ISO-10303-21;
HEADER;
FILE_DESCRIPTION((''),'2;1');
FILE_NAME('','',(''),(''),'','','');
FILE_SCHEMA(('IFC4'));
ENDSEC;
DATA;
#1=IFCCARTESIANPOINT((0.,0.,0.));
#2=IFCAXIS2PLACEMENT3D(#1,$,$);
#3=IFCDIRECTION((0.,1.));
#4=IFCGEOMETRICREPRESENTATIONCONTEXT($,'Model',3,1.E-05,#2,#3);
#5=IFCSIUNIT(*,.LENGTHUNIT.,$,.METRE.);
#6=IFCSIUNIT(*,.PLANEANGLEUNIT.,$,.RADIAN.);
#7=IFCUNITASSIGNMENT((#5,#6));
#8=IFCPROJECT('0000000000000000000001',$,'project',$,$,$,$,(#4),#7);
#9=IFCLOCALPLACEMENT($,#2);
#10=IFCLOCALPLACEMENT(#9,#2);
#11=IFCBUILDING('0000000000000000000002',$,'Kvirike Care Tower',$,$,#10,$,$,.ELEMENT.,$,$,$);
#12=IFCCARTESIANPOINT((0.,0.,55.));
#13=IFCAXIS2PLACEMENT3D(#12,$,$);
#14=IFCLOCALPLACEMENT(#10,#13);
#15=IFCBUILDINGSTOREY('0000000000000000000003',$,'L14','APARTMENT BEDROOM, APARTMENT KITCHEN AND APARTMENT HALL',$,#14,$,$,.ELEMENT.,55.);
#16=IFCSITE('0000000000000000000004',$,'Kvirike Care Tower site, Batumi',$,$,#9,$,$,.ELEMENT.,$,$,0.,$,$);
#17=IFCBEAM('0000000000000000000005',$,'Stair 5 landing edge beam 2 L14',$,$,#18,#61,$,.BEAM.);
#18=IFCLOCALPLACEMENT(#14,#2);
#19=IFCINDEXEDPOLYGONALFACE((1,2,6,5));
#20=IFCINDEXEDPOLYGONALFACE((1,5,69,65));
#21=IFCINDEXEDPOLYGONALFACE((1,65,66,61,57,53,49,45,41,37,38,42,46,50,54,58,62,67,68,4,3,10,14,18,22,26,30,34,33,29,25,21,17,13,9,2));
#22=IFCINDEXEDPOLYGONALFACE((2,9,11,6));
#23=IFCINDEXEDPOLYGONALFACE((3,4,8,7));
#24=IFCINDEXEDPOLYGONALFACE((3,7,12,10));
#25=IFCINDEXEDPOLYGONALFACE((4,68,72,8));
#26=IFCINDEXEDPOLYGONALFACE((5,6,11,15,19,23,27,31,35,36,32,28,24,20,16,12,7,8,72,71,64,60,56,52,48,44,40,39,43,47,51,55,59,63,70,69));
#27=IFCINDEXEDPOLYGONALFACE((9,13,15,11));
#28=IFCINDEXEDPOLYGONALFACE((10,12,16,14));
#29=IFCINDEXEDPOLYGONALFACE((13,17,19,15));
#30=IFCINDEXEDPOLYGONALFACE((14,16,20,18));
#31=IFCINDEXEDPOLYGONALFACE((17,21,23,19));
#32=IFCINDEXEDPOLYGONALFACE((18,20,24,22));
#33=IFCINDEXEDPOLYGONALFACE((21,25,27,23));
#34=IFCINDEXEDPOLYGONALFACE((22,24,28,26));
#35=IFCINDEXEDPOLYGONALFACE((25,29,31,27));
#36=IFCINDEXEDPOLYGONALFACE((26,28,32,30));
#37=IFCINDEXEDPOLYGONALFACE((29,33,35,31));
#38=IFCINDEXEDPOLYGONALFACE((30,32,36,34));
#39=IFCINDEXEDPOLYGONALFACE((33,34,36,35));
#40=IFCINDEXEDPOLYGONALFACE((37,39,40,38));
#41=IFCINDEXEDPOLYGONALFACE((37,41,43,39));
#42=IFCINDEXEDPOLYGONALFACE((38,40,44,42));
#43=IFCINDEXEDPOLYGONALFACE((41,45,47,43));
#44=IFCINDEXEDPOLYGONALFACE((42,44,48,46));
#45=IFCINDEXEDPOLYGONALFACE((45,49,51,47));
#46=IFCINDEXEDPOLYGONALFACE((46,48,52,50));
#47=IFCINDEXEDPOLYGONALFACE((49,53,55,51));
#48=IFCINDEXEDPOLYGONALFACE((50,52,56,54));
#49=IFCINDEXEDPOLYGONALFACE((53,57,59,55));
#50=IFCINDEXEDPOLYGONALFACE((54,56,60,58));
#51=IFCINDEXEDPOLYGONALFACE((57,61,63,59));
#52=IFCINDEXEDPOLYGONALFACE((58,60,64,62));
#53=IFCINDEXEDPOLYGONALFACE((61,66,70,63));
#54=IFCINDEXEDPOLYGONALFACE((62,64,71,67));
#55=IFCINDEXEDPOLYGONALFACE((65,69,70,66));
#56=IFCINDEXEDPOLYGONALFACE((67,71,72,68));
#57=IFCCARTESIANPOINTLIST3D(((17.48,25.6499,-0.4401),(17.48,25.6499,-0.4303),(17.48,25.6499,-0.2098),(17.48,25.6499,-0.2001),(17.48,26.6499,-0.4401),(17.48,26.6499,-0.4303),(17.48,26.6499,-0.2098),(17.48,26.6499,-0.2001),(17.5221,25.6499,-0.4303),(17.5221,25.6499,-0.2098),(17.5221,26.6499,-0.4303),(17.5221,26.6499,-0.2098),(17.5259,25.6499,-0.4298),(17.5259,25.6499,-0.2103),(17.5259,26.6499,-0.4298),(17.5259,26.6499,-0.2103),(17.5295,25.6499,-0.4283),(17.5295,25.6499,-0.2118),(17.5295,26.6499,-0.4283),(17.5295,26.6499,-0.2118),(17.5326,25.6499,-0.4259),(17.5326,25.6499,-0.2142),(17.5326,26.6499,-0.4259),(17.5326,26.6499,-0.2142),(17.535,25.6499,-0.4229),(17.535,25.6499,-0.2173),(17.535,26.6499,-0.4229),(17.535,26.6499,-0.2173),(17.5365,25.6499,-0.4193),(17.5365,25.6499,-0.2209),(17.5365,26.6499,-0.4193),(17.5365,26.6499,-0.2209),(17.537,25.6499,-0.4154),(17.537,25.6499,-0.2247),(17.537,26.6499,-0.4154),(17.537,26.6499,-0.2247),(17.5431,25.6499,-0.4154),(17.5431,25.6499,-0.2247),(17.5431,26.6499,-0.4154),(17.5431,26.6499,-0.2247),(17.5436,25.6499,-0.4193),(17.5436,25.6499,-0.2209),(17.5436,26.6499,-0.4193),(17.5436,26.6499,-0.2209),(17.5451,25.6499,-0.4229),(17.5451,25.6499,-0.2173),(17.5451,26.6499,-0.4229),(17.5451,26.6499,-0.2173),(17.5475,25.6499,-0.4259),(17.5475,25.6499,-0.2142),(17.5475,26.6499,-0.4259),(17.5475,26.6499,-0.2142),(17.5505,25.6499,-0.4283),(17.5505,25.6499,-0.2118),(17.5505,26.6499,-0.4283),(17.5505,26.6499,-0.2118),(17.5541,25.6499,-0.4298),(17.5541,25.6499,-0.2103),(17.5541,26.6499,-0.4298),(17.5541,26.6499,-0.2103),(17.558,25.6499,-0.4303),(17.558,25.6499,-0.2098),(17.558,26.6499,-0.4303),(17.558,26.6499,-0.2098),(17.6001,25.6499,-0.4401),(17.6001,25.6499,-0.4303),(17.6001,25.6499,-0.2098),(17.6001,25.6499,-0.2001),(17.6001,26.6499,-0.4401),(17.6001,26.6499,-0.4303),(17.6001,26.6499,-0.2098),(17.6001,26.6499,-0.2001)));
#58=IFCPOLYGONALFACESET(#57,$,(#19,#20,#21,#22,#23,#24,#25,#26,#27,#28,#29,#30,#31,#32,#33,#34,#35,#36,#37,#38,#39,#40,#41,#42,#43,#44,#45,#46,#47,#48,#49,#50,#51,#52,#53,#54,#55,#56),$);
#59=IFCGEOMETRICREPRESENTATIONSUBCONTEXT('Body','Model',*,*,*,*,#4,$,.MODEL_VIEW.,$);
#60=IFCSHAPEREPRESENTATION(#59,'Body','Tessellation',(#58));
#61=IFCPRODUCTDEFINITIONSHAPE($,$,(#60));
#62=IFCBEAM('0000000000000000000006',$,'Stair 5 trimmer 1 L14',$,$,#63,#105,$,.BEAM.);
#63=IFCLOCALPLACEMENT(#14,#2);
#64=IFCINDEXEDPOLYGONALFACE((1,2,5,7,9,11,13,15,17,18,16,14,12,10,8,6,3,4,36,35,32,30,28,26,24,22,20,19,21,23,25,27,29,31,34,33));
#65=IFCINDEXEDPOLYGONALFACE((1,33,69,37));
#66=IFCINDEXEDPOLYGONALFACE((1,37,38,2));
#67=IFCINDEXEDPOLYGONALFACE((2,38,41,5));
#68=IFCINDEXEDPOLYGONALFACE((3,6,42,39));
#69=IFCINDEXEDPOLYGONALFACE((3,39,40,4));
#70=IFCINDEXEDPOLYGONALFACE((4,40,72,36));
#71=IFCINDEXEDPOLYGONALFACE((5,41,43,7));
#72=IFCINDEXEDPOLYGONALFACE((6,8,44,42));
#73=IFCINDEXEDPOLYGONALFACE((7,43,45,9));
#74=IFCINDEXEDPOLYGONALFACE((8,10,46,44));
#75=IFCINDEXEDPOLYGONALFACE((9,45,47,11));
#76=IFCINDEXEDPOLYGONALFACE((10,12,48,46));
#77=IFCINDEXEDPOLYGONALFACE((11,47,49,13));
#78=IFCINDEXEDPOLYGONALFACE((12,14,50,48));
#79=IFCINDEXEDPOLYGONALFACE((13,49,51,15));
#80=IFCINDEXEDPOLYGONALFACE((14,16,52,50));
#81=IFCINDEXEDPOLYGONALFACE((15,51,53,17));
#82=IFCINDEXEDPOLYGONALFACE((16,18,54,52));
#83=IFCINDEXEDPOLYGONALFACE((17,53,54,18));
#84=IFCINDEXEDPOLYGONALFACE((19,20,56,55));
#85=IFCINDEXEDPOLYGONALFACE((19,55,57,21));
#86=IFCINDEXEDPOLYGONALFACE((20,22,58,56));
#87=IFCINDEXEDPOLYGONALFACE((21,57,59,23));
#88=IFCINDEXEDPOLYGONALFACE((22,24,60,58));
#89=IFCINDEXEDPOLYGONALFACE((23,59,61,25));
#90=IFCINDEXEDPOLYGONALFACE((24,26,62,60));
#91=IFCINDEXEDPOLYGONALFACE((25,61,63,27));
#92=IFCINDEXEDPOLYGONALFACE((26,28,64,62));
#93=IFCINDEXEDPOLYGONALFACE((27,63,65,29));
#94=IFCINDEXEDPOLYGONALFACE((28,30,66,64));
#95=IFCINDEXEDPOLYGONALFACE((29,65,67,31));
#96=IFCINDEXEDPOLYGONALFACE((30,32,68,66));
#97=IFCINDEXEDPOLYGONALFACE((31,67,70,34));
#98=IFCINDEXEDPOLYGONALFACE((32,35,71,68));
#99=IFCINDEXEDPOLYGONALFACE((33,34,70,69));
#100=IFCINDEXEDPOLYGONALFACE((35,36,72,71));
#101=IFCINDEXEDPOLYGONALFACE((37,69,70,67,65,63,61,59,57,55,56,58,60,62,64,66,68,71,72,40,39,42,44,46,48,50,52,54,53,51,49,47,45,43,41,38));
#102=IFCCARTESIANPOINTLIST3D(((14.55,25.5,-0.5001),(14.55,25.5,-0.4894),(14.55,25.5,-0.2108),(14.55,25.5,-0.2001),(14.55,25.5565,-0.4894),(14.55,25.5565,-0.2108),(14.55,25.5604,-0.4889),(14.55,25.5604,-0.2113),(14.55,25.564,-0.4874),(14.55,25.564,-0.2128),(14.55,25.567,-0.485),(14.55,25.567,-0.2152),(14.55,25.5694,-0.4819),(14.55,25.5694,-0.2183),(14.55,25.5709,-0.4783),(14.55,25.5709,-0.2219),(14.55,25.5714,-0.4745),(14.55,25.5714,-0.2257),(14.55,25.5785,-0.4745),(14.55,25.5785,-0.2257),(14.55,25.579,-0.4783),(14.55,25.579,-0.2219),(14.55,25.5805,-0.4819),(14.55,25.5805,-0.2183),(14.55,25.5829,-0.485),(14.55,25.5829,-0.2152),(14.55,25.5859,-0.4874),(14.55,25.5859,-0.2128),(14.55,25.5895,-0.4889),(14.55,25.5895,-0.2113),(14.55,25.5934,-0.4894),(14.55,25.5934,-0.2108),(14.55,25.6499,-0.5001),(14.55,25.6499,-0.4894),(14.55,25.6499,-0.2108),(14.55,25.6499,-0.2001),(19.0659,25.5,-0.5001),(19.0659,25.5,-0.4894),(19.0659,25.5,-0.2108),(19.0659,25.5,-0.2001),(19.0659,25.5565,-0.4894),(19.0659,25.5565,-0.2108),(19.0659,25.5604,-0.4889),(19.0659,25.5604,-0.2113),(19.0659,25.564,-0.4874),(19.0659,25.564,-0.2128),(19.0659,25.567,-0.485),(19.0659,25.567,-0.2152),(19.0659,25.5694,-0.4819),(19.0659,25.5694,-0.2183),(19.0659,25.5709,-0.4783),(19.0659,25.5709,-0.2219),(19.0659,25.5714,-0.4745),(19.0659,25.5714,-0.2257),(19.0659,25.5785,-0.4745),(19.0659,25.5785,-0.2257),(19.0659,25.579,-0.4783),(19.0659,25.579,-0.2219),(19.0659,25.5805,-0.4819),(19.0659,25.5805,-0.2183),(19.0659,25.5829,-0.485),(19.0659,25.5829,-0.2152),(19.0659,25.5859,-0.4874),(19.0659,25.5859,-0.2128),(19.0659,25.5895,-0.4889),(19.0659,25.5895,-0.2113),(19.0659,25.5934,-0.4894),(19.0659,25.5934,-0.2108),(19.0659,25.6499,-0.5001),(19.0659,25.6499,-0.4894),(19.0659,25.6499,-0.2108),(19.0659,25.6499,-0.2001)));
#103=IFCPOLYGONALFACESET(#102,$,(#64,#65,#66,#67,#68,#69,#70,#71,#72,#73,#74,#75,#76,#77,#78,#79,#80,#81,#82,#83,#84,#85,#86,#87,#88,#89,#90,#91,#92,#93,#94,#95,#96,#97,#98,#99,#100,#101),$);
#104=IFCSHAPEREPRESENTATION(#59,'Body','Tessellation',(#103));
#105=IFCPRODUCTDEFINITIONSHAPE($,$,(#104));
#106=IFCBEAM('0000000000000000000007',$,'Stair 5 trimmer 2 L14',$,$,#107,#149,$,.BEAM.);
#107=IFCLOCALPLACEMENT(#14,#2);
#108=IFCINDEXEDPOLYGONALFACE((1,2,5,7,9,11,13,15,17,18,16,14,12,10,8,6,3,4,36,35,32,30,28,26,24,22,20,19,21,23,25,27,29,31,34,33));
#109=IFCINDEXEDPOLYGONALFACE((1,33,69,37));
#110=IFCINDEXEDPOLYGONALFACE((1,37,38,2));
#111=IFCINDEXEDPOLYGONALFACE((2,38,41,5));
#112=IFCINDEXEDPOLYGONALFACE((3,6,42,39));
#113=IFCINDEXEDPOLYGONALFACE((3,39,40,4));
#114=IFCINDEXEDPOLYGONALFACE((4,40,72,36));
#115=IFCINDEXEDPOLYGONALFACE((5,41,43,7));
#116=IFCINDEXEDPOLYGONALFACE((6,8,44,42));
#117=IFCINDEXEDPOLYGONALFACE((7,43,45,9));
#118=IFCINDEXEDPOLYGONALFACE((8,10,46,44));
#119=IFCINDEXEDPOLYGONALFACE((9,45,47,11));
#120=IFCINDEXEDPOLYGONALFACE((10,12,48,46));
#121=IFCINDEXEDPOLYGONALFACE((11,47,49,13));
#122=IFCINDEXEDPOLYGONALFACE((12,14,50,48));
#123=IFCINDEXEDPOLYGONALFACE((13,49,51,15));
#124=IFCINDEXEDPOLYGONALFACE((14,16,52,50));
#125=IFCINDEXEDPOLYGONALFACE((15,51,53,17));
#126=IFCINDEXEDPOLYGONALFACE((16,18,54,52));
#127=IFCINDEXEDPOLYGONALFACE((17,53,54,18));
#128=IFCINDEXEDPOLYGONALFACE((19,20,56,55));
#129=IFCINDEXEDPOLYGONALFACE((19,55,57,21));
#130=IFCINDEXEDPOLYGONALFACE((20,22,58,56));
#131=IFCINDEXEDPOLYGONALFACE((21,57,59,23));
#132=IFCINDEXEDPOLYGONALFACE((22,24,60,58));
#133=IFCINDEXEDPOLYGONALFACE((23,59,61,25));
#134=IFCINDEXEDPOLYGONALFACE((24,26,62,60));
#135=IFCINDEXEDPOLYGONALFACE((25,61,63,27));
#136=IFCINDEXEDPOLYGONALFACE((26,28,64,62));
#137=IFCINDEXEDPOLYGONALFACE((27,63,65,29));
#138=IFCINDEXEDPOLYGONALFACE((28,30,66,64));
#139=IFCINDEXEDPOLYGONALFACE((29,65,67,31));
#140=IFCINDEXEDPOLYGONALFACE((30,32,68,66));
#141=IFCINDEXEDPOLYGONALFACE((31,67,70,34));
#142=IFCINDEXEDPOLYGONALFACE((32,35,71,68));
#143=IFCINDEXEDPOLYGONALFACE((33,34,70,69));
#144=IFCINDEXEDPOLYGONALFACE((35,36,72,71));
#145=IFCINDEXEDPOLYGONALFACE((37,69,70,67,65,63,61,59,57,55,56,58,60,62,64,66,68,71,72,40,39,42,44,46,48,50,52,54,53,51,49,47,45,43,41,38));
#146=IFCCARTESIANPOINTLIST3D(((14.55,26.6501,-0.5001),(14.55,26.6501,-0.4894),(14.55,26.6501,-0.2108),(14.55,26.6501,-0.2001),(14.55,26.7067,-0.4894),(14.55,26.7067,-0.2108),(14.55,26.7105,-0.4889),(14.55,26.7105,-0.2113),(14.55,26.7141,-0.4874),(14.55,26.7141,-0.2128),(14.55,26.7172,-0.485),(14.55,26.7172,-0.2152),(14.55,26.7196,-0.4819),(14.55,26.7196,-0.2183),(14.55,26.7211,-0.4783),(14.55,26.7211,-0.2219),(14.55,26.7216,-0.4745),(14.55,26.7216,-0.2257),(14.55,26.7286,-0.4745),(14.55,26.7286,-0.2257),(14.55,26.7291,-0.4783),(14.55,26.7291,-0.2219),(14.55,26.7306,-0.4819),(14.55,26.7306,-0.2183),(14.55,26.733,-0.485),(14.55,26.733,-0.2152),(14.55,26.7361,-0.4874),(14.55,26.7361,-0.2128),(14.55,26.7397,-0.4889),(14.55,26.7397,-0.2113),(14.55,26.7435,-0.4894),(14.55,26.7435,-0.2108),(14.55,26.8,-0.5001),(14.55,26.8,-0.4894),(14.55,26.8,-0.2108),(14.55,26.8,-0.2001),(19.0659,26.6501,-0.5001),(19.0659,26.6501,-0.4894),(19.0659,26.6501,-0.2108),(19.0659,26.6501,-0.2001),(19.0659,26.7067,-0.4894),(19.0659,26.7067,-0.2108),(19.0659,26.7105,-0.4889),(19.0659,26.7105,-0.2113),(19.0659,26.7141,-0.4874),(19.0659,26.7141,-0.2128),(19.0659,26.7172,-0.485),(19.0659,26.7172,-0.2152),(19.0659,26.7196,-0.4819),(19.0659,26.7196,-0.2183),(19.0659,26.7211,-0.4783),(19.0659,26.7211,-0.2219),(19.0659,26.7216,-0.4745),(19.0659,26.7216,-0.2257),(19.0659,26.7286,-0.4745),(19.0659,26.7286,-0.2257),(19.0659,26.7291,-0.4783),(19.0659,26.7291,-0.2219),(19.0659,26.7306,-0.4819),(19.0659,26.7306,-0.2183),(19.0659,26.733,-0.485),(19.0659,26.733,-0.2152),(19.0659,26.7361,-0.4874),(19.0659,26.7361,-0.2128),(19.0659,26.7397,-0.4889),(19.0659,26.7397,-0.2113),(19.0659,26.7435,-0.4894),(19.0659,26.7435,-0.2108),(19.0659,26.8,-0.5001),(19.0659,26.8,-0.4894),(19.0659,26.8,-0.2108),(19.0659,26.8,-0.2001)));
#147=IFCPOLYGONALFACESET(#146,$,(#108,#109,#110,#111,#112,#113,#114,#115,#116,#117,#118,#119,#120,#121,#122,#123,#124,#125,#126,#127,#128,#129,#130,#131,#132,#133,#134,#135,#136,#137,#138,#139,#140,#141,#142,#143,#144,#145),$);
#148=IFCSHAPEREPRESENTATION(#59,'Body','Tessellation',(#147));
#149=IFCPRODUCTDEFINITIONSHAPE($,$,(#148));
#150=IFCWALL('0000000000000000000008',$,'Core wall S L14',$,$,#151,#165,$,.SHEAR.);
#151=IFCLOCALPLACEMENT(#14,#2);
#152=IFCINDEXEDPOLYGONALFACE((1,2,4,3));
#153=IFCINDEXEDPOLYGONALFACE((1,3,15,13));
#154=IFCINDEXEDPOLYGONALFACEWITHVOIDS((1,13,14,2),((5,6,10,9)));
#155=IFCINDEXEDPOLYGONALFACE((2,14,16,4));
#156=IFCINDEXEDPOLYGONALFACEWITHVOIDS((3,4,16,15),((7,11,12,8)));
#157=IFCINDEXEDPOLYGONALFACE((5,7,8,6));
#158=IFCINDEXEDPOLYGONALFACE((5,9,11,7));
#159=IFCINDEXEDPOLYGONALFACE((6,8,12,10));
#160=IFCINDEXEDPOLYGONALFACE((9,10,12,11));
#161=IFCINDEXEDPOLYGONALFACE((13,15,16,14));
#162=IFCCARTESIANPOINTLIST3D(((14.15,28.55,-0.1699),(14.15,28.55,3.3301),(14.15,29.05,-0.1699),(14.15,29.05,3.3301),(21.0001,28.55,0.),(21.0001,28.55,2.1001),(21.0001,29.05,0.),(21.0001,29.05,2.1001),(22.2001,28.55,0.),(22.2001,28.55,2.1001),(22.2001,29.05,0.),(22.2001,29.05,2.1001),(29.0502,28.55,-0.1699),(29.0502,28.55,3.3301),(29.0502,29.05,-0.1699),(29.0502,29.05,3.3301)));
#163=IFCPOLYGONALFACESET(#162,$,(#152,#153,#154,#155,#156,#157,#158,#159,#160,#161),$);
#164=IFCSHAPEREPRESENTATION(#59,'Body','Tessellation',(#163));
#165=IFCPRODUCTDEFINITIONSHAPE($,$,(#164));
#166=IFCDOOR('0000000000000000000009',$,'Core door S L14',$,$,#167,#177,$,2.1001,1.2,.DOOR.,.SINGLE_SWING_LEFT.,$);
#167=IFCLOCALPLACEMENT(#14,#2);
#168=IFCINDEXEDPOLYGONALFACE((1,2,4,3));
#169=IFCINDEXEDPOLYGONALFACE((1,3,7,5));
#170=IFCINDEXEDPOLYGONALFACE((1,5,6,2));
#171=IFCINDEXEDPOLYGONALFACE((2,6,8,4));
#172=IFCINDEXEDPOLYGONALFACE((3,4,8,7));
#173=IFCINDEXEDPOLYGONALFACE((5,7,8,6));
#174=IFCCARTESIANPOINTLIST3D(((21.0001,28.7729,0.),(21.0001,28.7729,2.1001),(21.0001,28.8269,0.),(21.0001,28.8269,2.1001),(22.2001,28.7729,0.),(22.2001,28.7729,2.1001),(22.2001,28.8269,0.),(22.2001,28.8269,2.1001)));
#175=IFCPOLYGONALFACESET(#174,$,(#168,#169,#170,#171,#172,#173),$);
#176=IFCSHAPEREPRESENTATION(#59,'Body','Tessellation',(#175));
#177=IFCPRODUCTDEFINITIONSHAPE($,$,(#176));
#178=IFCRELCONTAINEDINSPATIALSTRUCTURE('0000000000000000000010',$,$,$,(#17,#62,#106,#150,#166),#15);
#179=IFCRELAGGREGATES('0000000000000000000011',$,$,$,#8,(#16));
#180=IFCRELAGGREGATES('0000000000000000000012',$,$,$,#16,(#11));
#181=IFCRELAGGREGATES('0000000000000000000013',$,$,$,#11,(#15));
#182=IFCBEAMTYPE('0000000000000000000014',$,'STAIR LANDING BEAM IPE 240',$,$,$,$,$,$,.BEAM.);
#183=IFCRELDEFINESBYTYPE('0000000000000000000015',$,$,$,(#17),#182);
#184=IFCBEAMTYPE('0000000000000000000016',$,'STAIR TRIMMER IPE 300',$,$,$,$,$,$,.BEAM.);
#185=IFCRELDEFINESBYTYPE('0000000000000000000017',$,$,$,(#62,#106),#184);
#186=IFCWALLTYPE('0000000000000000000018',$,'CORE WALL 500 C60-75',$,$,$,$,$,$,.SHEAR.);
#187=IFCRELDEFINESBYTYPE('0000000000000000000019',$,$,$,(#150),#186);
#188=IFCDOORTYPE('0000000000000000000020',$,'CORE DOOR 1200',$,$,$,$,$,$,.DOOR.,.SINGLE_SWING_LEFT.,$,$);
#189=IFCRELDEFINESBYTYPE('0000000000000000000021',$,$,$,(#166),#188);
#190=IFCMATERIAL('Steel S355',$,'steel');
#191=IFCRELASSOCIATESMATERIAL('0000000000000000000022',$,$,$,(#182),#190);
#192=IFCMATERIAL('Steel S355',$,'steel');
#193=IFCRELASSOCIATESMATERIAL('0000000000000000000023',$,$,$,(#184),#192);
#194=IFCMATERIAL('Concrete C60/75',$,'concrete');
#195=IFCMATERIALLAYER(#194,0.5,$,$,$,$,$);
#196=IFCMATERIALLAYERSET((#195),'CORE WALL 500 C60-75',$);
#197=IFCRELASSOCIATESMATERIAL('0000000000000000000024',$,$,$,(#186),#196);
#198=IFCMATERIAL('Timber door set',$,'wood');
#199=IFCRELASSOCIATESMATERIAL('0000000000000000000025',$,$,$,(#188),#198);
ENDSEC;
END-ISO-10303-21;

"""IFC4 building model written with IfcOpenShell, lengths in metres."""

from ifc_helpers import new_model, si_unit, direction, frame, frame_2d, origin, origin_2d, place, context, subcontext, project, spatial, rectangle, i_section, extrude, material, layer, layer_set, material_profile, profile_set, type_object, element, fill, save


model = new_model("IFC4")

# Units and contexts
model_context = context("Model", 3, precision=1e-05, world=origin(), true_north=direction((0.0, 1.0)))
body_context = subcontext(model_context, "Body", "Model", "MODEL_VIEW")
ifc_project = project(units=[si_unit("LENGTHUNIT", "METRE"), si_unit("PLANEANGLEUNIT", "RADIAN")], contexts=[model_context])

# Site, building, storey
site_placement = place(None, origin())
site = spatial("IfcSite", under=ifc_project, at=site_placement, Name="Kvirike Care Tower site, Batumi", CompositionType="ELEMENT", RefElevation=0.0)
building_placement = place(site_placement, origin())
building = spatial("IfcBuilding", under=site, at=building_placement, Name="Kvirike Care Tower", CompositionType="ELEMENT")
storey_placement = place(building_placement, frame((0.0, 0.0, 55.0)))
storey = spatial("IfcBuildingStorey", under=building, at=storey_placement, Name="L14", Description="APARTMENT BEDROOM, APARTMENT KITCHEN AND APARTMENT HALL", CompositionType="ELEMENT", Elevation=55.0)

# Beams
ifc_material_1 = material(Name="Steel S355", Category="steel")
ifc_material_profile_1 = material_profile(ifc_material_1, i_section(OverallWidth=0.1201, OverallDepth=0.24, WebThickness=0.0061, FlangeThickness=0.0098, FilletRadius=0.0149, at=origin_2d()), Name="IPE 240")
ifc_profile_set_1 = profile_set([ifc_material_profile_1], Name="Steel S355")
beam_type_1 = type_object("IfcBeamType", Name="STAIR LANDING BEAM IPE 240", PredefinedType="BEAM", material=ifc_profile_set_1)
for number, where, z_axis, x_axis, name in (
    (1, (17.54, 25.6499, -0.3201), (0.0, 1.0, 0.0), (-1.0, 0.0, 0.0), "Stair 5 landing edge beam 2 L14"),
):
    element("IfcBeam", number, at=place(storey_placement, frame(where, z_axis=z_axis, x_axis=x_axis)), inside=storey, type_object=beam_type_1, Name=name, PredefinedType="BEAM", context=body_context, shape_type="SweptSolid", body=[
        extrude(i_section(OverallWidth=0.1201, OverallDepth=0.24, WebThickness=0.0061, FlangeThickness=0.0098, FilletRadius=0.0149, at=origin_2d()), origin(), (0.0, 0.0, 1.0), 1.0),
    ])
ifc_material_2 = material(Name="Steel S355", Category="steel")
ifc_material_profile_2 = material_profile(ifc_material_2, i_section(OverallWidth=0.1499, OverallDepth=0.3, WebThickness=0.0071, FlangeThickness=0.0107, FilletRadius=0.0149, at=origin_2d()), Name="IPE 300")
ifc_profile_set_2 = profile_set([ifc_material_profile_2], Name="Steel S355")
beam_type_2 = type_object("IfcBeamType", Name="STAIR TRIMMER IPE 300", PredefinedType="BEAM", material=ifc_profile_set_2)
for number, where, z_axis, x_axis, name in (
    (2, (14.55, 25.575, -0.3501), (1.0, 0.0, 0.0), (0.0, 1.0, 0.0), "Stair 5 trimmer 1 L14"),
    (3, (14.55, 26.7251, -0.3501), (1.0, 0.0, 0.0), (0.0, 1.0, 0.0), "Stair 5 trimmer 2 L14"),
):
    element("IfcBeam", number, at=place(storey_placement, frame(where, z_axis=z_axis, x_axis=x_axis)), inside=storey, type_object=beam_type_2, Name=name, PredefinedType="BEAM", context=body_context, shape_type="SweptSolid", body=[
        extrude(i_section(OverallWidth=0.1499, OverallDepth=0.3, WebThickness=0.0071, FlangeThickness=0.0107, FilletRadius=0.0149, at=origin_2d()), origin(), (0.0, 0.0, 1.0), 4.5159),
    ])

# Wall, opening, door
ifc_material_3 = material(Name="Concrete C60/75", Category="concrete")
ifc_layer_1 = layer(ifc_material_3, 0.5)
ifc_layer_set_1 = layer_set([ifc_layer_1], Name="CORE WALL 500 C60-75")
wall_type_1 = type_object("IfcWallType", Name="CORE WALL 500 C60-75", PredefinedType="SHEAR", material=ifc_layer_set_1)
wall_1_placement = place(storey_placement, frame((14.1499, 28.8, -0.1699), z_axis=(0.0, 0.0, 1.0), x_axis=(1.0, 0.0, 0.0)))
wall_1 = element("IfcWall", 4, at=wall_1_placement, inside=storey, type_object=wall_type_1, Name="Core wall S L14", PredefinedType="SHEAR", context=body_context, shape_type="SweptSolid", body=[
    extrude(rectangle(XDim=14.9001, YDim=0.5, at=frame_2d((7.4502, 0.0))), origin(), (0.0, 0.0, 1.0), 3.5),
])
opening_1_placement = place(wall_1_placement, frame((6.8501, 0.0, 0.1699)))
opening_1 = element("IfcOpeningElement", 5, at=opening_1_placement, cuts=wall_1, PredefinedType="OPENING", context=body_context, shape_type="SweptSolid", body=[
    extrude(rectangle(XDim=1.2, YDim=2.1001, at=frame_2d((0.6001, 1.05))), frame((0.0, 0.2605, 0.0), z_axis=(0.0, -1.0, 0.0), x_axis=(1.0, 0.0, 0.0)), (0.0, 0.0, 1.0), 0.521),
])
ifc_material_4 = material(Name="Timber door set", Category="wood")
door_type_1 = type_object("IfcDoorType", Name="CORE DOOR 1200", OperationType="SINGLE_SWING_LEFT", PredefinedType="DOOR", material=ifc_material_4)
door_1_placement = place(opening_1_placement, origin())
door_1 = element("IfcDoor", 6, at=door_1_placement, inside=storey, type_object=door_type_1, Name="Core door S L14", OperationType="SINGLE_SWING_LEFT", OverallHeight=2.1001, OverallWidth=1.2, PredefinedType="DOOR", context=body_context, shape_type="SweptSolid", body=[
    extrude(rectangle(XDim=1.2, YDim=2.1001, at=frame_2d((0.6001, 1.05))), frame((0.0, 0.0269, 0.0), z_axis=(0.0, -1.0, 0.0), x_axis=(1.0, 0.0, 0.0)), (0.0, 0.0, 1.0), 0.054),
])
fill(opening_1, door_1)

save(model, "model.ifc")
